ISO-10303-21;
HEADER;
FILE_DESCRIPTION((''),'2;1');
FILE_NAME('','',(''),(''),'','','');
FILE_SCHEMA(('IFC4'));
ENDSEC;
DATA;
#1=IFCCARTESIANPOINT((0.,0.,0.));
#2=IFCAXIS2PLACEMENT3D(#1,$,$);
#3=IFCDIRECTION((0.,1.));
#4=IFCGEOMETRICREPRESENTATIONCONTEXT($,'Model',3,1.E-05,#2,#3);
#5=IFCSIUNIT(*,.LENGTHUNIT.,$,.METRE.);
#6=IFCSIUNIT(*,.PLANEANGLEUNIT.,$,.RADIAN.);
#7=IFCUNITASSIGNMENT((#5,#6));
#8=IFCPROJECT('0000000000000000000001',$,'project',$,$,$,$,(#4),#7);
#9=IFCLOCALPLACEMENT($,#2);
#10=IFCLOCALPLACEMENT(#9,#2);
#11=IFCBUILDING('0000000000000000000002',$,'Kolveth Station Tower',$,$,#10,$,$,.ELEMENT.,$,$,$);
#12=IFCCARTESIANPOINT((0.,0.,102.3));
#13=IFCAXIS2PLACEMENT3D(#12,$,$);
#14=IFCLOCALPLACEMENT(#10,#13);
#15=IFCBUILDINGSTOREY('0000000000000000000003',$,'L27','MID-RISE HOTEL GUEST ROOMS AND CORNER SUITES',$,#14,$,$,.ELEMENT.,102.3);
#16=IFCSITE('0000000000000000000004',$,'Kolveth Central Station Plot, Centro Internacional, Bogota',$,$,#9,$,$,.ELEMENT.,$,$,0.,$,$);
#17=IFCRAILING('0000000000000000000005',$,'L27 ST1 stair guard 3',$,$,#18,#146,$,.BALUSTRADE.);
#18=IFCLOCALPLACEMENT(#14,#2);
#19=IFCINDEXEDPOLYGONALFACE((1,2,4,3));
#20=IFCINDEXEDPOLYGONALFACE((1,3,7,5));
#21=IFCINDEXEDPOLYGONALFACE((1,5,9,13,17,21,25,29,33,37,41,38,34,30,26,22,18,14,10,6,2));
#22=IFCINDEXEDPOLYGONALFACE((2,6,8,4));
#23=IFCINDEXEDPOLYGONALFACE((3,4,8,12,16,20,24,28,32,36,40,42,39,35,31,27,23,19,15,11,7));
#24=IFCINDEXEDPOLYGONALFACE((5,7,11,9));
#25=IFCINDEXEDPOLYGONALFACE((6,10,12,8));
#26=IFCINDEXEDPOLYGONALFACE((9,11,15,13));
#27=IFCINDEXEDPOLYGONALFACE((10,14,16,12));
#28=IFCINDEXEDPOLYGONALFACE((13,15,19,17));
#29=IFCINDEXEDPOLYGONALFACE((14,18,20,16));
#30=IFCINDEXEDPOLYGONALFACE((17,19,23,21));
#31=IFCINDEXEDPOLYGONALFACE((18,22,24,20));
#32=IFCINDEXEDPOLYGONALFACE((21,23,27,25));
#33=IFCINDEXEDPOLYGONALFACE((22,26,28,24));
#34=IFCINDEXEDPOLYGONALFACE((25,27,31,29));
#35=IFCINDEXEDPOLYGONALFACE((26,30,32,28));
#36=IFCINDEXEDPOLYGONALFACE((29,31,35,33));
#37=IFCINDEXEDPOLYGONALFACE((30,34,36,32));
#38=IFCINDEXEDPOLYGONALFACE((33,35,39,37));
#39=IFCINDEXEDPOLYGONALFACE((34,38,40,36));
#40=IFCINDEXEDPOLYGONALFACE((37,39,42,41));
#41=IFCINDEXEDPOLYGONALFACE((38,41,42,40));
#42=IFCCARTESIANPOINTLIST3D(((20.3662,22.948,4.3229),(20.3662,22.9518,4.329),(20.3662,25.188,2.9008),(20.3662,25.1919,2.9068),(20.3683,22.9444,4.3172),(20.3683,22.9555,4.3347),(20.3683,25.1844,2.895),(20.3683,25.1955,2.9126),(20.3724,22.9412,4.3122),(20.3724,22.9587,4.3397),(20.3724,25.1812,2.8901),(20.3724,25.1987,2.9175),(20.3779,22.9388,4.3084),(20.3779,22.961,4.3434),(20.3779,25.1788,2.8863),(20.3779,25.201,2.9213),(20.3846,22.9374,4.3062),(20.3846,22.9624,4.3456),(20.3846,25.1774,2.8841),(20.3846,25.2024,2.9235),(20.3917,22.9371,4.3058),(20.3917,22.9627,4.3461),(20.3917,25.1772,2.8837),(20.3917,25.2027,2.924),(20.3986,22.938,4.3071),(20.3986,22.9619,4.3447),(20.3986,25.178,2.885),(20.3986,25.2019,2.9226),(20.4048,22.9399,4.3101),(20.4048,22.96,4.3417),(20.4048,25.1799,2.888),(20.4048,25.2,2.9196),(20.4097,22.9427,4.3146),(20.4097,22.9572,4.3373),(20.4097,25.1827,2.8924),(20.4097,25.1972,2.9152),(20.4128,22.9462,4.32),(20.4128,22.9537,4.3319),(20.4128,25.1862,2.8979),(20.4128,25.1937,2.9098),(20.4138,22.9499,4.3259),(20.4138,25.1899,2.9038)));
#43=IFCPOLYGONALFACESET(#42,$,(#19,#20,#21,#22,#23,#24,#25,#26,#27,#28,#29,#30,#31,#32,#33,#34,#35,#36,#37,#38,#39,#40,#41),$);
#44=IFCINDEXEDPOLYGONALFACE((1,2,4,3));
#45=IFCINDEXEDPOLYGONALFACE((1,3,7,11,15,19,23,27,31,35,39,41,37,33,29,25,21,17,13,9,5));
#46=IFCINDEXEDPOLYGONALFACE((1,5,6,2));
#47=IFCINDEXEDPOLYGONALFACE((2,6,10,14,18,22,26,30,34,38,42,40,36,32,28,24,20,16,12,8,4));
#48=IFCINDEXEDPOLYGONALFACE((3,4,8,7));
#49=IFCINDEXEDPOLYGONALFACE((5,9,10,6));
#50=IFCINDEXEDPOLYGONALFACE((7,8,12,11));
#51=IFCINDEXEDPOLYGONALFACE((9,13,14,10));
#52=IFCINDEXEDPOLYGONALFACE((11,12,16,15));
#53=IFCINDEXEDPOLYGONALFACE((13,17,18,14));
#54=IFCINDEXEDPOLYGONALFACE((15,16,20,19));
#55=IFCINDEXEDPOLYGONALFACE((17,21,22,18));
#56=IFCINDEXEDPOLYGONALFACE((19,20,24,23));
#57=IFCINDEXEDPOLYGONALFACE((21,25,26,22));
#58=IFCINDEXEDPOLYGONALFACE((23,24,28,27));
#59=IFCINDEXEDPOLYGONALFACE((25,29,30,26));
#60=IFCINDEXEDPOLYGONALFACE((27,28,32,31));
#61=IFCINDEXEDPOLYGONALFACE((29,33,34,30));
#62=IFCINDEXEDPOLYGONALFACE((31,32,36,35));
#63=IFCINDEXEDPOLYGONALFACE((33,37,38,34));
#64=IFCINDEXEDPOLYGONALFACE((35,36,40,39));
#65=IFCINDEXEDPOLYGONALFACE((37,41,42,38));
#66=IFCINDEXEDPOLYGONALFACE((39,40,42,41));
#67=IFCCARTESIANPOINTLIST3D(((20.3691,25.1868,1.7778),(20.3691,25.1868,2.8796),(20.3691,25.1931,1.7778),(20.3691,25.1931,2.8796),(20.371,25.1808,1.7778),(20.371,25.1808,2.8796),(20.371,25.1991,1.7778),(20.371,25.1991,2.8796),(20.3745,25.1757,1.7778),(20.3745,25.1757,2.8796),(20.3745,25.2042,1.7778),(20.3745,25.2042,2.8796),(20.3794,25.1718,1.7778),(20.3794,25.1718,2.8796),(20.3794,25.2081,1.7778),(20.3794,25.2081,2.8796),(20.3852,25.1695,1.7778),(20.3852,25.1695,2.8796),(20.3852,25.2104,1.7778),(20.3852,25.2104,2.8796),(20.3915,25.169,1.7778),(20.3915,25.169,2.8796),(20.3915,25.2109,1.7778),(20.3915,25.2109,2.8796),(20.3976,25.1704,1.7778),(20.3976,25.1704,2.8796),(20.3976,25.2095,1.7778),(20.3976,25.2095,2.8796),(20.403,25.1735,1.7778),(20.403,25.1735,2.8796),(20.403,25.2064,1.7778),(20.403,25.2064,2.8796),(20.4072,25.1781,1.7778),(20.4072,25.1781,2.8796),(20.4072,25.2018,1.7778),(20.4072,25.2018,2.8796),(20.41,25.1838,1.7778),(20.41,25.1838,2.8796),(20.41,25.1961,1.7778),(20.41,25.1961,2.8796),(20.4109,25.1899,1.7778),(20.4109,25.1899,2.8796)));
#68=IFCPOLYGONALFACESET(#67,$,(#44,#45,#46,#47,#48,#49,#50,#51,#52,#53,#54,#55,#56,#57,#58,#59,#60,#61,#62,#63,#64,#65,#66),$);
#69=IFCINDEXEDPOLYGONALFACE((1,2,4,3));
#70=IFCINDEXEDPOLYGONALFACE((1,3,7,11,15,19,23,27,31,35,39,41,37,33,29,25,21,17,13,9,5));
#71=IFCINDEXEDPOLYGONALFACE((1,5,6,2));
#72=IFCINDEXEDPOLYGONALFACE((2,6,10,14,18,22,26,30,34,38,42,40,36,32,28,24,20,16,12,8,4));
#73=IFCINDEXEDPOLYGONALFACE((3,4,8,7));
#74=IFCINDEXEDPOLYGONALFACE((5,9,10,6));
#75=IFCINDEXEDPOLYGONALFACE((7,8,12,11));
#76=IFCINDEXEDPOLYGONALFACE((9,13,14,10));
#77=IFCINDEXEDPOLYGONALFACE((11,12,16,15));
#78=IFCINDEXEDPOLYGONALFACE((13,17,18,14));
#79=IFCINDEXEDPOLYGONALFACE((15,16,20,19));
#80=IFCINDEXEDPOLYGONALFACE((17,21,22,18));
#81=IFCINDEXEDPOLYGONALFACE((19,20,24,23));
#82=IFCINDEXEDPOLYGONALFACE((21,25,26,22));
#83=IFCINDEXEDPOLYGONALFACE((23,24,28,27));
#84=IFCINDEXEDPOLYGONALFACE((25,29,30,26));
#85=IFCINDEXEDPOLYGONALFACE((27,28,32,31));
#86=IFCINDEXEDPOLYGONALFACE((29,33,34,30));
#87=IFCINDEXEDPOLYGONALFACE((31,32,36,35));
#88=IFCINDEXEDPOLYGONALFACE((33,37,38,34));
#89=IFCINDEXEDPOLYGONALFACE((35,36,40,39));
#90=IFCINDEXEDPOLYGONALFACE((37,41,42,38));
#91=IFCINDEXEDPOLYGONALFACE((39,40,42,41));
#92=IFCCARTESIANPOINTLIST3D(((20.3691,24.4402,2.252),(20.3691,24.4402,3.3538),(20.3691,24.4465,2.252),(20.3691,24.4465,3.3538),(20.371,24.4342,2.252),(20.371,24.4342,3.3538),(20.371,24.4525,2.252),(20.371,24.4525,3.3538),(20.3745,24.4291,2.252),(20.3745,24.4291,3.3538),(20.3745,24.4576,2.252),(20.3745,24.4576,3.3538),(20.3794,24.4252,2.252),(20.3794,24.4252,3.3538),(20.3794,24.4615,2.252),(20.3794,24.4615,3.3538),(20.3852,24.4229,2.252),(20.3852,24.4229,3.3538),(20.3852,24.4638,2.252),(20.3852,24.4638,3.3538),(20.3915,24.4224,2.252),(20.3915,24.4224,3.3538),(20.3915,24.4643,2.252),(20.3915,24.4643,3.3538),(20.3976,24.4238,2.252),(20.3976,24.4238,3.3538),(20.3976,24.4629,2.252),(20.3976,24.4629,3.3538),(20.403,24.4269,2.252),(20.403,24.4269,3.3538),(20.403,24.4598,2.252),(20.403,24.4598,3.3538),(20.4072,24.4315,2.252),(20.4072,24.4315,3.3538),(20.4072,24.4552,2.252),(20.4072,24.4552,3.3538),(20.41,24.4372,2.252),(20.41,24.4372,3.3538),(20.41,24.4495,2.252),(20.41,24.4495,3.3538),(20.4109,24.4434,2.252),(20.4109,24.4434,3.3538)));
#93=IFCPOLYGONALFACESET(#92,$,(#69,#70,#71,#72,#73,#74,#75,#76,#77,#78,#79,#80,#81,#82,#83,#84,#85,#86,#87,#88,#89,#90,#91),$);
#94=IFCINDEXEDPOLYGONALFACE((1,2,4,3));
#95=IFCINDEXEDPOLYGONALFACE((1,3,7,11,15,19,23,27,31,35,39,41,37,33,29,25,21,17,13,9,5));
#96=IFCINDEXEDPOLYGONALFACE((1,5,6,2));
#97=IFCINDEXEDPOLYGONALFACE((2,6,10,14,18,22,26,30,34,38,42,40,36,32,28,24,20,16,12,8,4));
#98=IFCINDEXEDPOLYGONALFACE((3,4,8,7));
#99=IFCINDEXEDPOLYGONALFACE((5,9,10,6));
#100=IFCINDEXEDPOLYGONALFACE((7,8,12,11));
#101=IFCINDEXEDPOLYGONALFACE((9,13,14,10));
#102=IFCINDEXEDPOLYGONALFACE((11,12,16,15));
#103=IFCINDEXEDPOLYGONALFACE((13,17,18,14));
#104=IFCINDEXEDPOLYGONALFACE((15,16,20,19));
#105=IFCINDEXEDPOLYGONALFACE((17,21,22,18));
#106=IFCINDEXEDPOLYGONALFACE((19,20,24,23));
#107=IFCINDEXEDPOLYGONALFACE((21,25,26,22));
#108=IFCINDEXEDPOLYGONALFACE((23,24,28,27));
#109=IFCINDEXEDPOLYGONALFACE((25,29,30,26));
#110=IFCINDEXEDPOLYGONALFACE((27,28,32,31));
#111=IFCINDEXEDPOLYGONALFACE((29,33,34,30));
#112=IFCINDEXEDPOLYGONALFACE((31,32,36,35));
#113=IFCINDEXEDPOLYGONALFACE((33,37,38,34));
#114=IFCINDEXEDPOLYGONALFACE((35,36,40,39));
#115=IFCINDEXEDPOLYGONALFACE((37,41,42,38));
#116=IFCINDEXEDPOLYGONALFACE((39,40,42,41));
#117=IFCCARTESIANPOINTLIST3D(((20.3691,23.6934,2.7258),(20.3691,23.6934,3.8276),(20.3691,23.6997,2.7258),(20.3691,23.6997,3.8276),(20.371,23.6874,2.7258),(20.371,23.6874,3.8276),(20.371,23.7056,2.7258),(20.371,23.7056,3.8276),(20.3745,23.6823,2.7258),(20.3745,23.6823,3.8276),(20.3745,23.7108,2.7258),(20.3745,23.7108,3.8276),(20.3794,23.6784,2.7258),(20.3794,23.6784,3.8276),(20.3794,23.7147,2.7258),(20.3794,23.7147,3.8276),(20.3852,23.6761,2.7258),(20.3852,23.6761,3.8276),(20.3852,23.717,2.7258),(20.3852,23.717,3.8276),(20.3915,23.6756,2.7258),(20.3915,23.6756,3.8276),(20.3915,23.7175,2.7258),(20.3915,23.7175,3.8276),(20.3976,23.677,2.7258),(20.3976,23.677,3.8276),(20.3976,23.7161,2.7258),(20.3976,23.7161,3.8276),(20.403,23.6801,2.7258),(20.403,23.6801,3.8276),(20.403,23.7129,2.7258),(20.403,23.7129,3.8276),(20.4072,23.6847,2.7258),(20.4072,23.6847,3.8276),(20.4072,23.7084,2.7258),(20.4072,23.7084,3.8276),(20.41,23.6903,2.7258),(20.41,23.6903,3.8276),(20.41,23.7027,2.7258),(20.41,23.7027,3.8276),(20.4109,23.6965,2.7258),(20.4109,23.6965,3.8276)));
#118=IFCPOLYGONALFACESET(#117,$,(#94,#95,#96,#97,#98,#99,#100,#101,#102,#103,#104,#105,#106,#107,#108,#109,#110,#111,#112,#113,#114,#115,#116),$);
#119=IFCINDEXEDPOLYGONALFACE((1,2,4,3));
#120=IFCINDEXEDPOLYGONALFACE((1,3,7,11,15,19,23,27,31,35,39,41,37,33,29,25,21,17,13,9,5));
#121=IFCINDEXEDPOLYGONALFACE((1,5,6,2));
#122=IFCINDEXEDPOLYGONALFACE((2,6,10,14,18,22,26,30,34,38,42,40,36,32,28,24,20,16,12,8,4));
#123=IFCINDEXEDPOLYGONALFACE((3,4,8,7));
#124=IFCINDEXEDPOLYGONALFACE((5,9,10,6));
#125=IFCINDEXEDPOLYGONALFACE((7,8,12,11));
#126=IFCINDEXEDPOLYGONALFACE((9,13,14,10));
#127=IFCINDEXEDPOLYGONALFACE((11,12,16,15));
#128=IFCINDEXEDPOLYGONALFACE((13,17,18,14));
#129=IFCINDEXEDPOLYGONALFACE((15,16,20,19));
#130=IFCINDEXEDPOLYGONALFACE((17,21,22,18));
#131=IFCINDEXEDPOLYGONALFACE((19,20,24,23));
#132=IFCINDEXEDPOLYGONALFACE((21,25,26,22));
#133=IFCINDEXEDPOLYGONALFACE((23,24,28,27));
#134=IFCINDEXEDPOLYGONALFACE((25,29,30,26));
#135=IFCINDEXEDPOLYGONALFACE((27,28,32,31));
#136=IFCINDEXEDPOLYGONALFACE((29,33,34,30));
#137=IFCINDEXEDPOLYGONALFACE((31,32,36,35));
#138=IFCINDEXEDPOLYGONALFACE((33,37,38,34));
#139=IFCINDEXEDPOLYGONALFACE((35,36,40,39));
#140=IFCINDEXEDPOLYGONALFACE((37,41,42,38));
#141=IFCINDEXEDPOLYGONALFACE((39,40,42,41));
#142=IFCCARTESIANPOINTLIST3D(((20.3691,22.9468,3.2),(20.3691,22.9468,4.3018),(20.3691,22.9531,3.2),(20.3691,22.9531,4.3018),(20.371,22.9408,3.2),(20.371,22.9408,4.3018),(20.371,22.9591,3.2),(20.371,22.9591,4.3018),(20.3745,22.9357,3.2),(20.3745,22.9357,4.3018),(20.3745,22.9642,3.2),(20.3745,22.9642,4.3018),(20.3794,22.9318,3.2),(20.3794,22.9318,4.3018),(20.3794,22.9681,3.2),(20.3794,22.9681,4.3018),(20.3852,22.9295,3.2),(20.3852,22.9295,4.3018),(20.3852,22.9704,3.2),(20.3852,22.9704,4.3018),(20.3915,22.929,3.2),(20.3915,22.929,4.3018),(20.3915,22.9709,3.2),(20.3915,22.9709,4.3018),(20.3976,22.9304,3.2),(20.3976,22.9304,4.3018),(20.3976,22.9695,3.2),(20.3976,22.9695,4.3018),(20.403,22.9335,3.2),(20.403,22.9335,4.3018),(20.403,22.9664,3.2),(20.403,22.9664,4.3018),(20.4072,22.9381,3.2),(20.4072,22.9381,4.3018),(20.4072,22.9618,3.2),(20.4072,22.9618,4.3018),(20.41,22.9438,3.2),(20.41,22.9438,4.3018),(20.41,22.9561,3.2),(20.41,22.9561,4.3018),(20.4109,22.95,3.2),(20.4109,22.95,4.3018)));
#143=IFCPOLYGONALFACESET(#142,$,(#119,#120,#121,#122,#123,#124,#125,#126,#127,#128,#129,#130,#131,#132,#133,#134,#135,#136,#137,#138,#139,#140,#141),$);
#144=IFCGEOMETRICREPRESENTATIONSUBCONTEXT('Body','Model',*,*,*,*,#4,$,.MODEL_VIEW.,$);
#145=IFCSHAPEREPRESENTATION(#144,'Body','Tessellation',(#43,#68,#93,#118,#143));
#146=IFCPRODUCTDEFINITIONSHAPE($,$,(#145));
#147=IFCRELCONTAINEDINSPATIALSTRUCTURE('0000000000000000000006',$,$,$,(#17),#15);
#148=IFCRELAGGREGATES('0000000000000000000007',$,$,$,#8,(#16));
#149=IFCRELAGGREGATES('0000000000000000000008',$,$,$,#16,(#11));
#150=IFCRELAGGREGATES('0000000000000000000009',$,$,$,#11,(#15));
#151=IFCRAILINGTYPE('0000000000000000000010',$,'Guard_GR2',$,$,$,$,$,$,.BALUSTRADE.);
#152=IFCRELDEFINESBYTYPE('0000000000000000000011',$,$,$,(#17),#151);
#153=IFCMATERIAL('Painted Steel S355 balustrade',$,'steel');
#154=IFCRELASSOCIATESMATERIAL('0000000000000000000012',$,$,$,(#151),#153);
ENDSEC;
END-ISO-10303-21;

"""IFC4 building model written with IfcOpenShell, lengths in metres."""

from ifc_helpers import new_model, si_unit, direction, frame, origin, origin_2d, place, context, subcontext, project, spatial, circle, extrude, material, type_object, element, save


model = new_model("IFC4")

# Units and contexts
model_context = context("Model", 3, precision=1e-05, world=origin(), true_north=direction((0.0, 1.0)))
body_context = subcontext(model_context, "Body", "Model", "MODEL_VIEW")
ifc_project = project(units=[si_unit("LENGTHUNIT", "METRE"), si_unit("PLANEANGLEUNIT", "RADIAN")], contexts=[model_context])

# Site, building, storey
site_placement = place(None, origin())
site = spatial("IfcSite", under=ifc_project, at=site_placement, Name="Kolveth Central Station Plot, Centro Internacional, Bogota", CompositionType="ELEMENT", RefElevation=0.0)
building_placement = place(site_placement, origin())
building = spatial("IfcBuilding", under=site, at=building_placement, Name="Kolveth Station Tower", CompositionType="ELEMENT")
storey_placement = place(building_placement, frame((0.0, 0.0, 102.3)))
storey = spatial("IfcBuildingStorey", under=building, at=storey_placement, Name="L27", Description="MID-RISE HOTEL GUEST ROOMS AND CORNER SUITES", CompositionType="ELEMENT", Elevation=102.3)

# Railing
ifc_material_1 = material(Name="Painted Steel S355 balustrade", Category="steel")
railing_type_1 = type_object("IfcRailingType", Name="Guard_GR2", PredefinedType="BALUSTRADE", material=ifc_material_1)
railing_1_placement = place(storey_placement, frame((20.3899, 25.1899, 1.7778)))
element("IfcRailing", 1, at=railing_1_placement, inside=storey, type_object=railing_type_1, Name="L27 ST1 stair guard 3", PredefinedType="BALUSTRADE", context=body_context, shape_type="SweptSolid", body=[
    extrude(circle(Radius=0.0239, at=origin_2d()), frame((0.0, 0.0, 1.126), z_axis=(0.0, -0.844229, 0.535982), x_axis=(1.0, 0.0, 0.0)), (0.0, 0.0, 1.0), 2.6533),
    extrude(circle(Radius=0.021, at=origin_2d()), origin(), (0.0, 0.0, 1.0), 1.1018),
    extrude(circle(Radius=0.021, at=origin_2d()), frame((0.0, -0.7466, 0.4741)), (0.0, 0.0, 1.0), 1.1018),
    extrude(circle(Radius=0.021, at=origin_2d()), frame((0.0, -1.4934, 0.948)), (0.0, 0.0, 1.0), 1.1018),
    extrude(circle(Radius=0.021, at=origin_2d()), frame((0.0, -2.24, 1.4221)), (0.0, 0.0, 1.0), 1.1018),
])

save(model, "model.ifc")
